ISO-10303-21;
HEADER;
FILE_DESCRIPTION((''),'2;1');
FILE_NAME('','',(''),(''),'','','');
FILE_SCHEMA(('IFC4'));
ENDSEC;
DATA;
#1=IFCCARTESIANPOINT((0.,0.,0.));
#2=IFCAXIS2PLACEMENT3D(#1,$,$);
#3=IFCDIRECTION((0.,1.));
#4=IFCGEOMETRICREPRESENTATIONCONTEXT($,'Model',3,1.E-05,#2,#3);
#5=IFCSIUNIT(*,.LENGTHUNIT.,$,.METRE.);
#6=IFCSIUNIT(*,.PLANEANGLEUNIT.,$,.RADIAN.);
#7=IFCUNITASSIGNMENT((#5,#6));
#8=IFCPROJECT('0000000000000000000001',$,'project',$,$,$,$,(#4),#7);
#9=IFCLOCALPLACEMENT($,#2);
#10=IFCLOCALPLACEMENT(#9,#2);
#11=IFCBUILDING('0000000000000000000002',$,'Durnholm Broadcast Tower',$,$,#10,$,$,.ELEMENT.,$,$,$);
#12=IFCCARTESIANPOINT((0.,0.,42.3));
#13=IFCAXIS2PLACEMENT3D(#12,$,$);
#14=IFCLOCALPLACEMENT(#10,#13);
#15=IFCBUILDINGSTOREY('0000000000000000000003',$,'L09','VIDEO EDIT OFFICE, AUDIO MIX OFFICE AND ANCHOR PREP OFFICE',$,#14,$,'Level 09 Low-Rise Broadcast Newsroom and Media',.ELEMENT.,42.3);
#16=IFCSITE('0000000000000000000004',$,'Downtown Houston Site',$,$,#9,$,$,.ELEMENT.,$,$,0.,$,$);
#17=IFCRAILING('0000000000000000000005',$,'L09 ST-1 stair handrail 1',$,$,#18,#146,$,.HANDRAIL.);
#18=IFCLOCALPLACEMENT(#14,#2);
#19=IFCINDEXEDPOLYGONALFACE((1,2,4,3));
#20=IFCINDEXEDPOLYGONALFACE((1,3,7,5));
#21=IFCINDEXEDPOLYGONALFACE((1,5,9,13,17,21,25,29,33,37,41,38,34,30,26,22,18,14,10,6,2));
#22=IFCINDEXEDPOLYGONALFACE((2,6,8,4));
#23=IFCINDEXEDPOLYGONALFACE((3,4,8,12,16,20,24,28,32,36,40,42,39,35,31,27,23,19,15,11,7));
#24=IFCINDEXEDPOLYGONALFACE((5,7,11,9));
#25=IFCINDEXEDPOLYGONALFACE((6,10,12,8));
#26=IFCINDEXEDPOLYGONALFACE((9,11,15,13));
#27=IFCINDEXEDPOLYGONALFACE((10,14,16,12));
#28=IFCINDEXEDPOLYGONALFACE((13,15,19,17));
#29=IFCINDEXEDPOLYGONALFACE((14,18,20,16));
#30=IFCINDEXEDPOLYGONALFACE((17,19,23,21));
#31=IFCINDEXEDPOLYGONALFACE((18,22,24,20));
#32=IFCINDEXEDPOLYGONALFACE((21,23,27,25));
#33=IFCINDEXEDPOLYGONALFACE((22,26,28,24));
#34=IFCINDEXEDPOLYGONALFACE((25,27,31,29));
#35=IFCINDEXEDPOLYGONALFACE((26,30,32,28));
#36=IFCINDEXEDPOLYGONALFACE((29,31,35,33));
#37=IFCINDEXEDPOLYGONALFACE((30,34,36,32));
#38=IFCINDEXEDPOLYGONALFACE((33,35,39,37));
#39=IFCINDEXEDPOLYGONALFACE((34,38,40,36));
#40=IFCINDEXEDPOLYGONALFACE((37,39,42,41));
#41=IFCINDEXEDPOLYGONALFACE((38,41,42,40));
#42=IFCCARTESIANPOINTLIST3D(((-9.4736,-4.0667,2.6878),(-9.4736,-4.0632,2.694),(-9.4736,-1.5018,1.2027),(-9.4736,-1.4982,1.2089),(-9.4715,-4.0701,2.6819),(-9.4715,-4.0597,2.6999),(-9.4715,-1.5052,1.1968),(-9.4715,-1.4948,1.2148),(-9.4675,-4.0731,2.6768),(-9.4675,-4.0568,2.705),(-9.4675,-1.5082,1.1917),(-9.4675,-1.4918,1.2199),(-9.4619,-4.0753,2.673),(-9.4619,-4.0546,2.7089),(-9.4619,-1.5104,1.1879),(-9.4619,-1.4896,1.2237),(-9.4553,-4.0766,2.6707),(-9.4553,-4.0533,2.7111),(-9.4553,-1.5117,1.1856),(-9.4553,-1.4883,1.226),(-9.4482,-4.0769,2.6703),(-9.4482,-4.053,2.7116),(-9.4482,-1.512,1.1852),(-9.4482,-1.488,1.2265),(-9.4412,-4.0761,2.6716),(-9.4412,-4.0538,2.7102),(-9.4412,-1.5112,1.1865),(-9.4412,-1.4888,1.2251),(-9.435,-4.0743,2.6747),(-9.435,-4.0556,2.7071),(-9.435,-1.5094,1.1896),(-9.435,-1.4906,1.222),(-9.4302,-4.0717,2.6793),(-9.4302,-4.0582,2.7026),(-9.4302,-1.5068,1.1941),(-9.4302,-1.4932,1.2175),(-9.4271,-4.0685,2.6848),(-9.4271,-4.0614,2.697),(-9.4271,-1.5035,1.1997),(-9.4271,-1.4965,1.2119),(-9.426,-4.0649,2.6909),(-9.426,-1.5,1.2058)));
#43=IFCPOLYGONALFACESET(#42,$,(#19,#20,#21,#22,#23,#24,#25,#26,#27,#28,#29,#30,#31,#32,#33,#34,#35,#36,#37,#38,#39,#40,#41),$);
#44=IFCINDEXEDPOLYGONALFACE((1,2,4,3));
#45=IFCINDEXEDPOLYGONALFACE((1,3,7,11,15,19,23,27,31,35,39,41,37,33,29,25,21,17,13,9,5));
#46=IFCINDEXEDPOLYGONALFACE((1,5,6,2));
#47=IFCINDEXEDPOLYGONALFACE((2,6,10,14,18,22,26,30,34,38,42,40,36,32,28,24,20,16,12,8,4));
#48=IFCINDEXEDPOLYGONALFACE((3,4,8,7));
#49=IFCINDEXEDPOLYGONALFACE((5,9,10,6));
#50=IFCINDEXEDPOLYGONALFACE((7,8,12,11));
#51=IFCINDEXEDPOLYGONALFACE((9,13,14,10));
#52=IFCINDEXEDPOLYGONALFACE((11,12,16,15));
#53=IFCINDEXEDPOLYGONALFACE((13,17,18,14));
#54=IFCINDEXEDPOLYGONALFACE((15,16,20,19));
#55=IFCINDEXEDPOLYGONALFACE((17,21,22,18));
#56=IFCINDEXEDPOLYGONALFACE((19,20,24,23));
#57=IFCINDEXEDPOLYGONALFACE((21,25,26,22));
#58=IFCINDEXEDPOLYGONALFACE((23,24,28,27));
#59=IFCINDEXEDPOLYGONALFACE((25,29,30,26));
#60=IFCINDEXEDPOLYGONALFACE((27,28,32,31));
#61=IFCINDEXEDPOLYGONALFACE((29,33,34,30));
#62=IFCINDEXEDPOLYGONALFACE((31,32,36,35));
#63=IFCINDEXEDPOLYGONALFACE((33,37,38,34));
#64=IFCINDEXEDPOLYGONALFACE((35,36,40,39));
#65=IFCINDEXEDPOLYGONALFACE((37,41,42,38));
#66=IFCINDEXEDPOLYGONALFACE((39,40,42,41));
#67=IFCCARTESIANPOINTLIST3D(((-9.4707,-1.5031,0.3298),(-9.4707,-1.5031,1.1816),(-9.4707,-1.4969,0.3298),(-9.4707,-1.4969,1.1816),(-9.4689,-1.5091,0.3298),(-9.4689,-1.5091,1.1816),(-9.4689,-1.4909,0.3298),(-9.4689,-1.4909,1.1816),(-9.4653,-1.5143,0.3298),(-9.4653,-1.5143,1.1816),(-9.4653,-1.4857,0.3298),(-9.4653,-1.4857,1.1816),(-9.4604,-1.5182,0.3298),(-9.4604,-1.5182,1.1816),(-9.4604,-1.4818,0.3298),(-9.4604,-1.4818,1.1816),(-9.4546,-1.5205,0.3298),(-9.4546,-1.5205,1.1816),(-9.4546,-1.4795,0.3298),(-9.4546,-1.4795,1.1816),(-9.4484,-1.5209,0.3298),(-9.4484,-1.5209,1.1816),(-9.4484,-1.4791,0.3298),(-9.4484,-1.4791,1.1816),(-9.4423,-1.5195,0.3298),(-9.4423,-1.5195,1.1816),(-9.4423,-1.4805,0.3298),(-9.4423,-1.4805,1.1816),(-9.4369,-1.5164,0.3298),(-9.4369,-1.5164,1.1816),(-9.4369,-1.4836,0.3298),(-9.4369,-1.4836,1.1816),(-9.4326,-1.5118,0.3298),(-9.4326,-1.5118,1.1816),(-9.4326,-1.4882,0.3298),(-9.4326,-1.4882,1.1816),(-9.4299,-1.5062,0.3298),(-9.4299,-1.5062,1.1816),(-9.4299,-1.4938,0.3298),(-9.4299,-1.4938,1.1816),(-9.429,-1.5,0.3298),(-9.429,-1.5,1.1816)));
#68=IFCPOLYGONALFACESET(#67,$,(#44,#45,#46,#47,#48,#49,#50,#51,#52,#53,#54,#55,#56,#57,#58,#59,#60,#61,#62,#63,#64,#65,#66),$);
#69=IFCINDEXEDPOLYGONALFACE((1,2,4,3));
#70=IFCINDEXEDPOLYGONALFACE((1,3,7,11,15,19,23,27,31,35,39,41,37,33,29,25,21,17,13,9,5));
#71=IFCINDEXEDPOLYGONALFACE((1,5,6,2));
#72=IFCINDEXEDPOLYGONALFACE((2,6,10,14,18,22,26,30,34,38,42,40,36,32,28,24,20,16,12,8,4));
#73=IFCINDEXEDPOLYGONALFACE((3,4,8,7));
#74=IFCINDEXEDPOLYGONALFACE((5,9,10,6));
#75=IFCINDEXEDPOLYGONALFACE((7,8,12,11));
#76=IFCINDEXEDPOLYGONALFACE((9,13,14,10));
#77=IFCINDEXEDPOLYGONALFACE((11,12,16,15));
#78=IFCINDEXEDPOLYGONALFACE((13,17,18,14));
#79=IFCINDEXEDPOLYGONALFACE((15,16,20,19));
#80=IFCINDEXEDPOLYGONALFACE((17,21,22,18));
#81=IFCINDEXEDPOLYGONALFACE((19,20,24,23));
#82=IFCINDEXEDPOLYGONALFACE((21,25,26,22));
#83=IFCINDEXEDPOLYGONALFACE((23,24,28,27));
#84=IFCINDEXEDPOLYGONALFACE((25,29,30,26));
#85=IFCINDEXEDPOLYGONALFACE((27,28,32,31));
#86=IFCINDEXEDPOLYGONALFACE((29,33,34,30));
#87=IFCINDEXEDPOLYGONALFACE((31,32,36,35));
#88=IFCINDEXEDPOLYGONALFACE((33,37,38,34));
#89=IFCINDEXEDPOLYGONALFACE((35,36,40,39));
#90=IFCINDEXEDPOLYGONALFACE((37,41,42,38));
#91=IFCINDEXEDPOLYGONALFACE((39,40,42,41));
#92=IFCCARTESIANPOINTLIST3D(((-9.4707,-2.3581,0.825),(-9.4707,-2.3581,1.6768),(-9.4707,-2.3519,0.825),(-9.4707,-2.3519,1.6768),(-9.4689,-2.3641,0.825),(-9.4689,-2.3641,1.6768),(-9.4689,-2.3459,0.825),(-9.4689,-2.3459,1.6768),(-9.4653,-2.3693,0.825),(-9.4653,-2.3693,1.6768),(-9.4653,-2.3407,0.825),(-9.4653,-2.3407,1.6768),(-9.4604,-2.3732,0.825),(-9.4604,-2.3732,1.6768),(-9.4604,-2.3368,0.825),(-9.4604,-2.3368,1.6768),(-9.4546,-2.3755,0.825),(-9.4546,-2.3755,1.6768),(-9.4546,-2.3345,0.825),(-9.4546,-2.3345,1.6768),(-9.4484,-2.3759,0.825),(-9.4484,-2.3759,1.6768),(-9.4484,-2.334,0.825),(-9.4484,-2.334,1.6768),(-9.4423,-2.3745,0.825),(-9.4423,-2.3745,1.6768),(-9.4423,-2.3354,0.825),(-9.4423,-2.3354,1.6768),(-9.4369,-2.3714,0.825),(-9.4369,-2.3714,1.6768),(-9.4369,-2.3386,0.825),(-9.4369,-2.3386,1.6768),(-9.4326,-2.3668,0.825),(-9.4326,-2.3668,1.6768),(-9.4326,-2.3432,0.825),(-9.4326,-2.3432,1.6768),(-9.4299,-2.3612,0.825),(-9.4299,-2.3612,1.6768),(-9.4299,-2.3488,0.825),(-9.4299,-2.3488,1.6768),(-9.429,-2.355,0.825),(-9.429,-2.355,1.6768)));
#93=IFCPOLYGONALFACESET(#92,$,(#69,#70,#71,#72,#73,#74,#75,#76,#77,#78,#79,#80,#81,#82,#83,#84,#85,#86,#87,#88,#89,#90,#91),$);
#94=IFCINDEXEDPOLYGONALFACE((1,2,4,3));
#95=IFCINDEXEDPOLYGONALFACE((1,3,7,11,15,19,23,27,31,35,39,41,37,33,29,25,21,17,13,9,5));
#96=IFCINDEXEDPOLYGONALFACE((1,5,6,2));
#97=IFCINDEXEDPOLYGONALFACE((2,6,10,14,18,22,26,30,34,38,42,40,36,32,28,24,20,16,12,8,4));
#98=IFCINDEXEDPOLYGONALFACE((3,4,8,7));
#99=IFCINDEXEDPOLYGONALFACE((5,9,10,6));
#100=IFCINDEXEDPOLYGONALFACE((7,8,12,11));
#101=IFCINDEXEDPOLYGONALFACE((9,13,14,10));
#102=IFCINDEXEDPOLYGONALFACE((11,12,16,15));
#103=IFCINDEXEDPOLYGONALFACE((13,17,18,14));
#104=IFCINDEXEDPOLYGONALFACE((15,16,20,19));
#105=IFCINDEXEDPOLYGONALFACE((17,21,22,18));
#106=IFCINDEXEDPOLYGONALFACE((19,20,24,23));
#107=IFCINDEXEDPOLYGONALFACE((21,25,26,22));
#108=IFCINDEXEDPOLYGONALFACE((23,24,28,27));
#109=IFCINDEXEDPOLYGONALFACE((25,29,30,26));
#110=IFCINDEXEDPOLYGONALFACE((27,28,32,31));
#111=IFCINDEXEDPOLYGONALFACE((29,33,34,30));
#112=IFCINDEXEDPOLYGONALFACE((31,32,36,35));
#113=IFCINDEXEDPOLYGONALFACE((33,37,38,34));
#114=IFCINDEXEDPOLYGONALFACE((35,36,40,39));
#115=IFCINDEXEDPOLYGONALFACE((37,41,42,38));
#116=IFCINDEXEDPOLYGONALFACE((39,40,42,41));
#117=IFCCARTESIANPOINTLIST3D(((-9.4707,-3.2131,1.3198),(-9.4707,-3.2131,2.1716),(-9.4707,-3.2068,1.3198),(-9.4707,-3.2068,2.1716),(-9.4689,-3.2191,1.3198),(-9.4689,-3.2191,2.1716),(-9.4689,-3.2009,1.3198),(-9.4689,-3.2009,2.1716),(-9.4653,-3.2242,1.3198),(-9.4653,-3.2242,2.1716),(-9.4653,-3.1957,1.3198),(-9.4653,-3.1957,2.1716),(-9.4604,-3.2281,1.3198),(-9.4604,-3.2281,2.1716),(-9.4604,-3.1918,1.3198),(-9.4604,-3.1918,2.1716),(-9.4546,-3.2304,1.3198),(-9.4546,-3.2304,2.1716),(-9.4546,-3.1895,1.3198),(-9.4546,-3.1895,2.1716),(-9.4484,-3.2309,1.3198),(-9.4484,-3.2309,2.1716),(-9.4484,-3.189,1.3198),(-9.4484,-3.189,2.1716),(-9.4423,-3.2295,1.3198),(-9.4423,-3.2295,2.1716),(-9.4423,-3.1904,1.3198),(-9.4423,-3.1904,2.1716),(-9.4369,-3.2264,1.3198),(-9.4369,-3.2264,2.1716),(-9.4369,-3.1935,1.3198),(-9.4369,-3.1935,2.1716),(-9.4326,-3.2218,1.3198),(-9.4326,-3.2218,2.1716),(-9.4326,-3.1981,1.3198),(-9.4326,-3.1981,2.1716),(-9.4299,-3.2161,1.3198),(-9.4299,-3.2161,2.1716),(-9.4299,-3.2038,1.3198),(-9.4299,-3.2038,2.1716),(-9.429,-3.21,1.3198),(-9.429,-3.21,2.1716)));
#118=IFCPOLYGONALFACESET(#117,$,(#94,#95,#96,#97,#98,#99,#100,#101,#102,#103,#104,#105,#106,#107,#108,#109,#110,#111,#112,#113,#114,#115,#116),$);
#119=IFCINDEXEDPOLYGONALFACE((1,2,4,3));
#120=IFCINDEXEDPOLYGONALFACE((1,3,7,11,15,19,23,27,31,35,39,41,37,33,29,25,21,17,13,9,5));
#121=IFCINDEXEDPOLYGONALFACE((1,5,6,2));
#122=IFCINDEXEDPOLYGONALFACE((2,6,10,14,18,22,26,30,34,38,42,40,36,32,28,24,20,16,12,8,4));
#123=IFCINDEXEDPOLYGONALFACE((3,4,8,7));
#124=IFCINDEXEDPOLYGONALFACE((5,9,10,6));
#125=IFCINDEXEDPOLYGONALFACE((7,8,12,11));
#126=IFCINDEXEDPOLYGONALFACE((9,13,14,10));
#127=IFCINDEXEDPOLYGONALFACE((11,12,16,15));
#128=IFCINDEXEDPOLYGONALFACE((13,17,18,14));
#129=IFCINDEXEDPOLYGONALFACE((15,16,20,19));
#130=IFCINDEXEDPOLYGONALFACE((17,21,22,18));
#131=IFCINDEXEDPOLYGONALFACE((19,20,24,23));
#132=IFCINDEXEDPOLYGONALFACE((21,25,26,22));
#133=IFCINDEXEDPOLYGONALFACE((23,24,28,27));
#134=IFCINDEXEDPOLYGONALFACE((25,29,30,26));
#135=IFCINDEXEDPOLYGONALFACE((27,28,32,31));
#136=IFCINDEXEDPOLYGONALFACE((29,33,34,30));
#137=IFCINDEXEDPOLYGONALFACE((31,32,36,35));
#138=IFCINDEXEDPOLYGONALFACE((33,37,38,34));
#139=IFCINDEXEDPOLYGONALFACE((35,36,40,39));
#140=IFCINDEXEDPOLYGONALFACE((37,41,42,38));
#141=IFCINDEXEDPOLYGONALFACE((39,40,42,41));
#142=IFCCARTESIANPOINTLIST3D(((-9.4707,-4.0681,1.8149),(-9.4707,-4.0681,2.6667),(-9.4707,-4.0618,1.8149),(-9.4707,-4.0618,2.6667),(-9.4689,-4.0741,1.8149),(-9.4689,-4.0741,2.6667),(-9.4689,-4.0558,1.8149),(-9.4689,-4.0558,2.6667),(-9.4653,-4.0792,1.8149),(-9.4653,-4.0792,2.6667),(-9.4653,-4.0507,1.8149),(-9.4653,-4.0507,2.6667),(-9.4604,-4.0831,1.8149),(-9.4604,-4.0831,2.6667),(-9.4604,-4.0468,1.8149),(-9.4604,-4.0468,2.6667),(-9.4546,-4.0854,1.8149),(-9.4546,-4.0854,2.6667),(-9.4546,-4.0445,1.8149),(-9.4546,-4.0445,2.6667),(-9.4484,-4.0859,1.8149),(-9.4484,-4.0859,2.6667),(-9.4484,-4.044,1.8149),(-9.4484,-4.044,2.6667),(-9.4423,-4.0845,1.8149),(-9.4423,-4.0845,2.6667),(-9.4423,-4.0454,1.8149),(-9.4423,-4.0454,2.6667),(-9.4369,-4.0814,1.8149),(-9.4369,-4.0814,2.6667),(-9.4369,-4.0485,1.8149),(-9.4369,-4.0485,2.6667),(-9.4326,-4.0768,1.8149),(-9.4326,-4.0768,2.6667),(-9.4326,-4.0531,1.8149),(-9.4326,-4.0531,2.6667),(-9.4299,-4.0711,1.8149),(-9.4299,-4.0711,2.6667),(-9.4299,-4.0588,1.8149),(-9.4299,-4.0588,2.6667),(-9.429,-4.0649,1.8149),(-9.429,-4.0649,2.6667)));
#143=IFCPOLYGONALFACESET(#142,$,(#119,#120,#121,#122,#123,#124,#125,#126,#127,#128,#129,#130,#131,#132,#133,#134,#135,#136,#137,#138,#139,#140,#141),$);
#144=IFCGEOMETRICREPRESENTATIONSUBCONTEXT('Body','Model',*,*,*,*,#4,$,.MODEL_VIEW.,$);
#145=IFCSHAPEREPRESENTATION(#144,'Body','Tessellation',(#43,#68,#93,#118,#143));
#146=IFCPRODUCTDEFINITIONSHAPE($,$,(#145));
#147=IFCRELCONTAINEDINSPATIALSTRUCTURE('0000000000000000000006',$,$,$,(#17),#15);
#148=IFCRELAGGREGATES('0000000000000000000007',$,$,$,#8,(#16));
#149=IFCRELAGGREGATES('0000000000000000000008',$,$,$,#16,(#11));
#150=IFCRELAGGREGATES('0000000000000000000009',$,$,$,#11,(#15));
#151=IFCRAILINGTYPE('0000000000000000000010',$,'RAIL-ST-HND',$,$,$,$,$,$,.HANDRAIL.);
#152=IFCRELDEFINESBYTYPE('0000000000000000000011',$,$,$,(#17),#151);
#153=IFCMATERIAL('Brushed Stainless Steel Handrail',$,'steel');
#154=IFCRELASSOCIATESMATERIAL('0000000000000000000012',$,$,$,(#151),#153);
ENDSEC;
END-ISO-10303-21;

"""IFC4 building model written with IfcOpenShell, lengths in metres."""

from ifc_helpers import new_model, si_unit, direction, frame, origin, origin_2d, place, context, subcontext, project, spatial, circle, extrude, material, type_object, element, save


model = new_model("IFC4")

# Units and contexts
model_context = context("Model", 3, precision=1e-05, world=origin(), true_north=direction((0.0, 1.0)))
body_context = subcontext(model_context, "Body", "Model", "MODEL_VIEW")
ifc_project = project(units=[si_unit("LENGTHUNIT", "METRE"), si_unit("PLANEANGLEUNIT", "RADIAN")], contexts=[model_context])

# Site, building, storey
site_placement = place(None, origin())
site = spatial("IfcSite", under=ifc_project, at=site_placement, Name="Downtown Houston Site", CompositionType="ELEMENT", RefElevation=0.0)
building_placement = place(site_placement, origin())
building = spatial("IfcBuilding", under=site, at=building_placement, Name="Durnholm Broadcast Tower", CompositionType="ELEMENT")
storey_placement = place(building_placement, frame((0.0, 0.0, 42.3)))
storey = spatial("IfcBuildingStorey", under=building, at=storey_placement, Name="L09", Description="VIDEO EDIT OFFICE, AUDIO MIX OFFICE AND ANCHOR PREP OFFICE", LongName="Level 09 Low-Rise Broadcast Newsroom and Media", CompositionType="ELEMENT", Elevation=42.3)

# Railing
ifc_material_1 = material(Name="Brushed Stainless Steel Handrail", Category="steel")
railing_type_1 = type_object("IfcRailingType", Name="RAIL-ST-HND", PredefinedType="HANDRAIL", material=ifc_material_1)
railing_1_placement = place(storey_placement, frame((-9.45, -1.5, 0.3298)))
element("IfcRailing", 1, at=railing_1_placement, inside=storey, type_object=railing_type_1, Name="L09 ST-1 stair handrail 1", PredefinedType="HANDRAIL", context=body_context, shape_type="SweptSolid", body=[
    extrude(circle(Radius=0.0239, at=origin_2d()), frame((0.0, 0.0, 0.876), z_axis=(0.0, -0.865406, 0.501072), x_axis=(1.0, 0.0, 0.0)), (0.0, 0.0, 1.0), 2.9639),
    extrude(circle(Radius=0.021, at=origin_2d()), origin(), (0.0, 0.0, 1.0), 0.8518),
    extrude(circle(Radius=0.021, at=origin_2d()), frame((0.0, -0.855, 0.4951)), (0.0, 0.0, 1.0), 0.8518),
    extrude(circle(Radius=0.021, at=origin_2d()), frame((0.0, -1.71, 0.99)), (0.0, 0.0, 1.0), 0.8518),
    extrude(circle(Radius=0.021, at=origin_2d()), frame((0.0, -2.5649, 1.4851)), (0.0, 0.0, 1.0), 0.8518),
])

save(model, "model.ifc")
